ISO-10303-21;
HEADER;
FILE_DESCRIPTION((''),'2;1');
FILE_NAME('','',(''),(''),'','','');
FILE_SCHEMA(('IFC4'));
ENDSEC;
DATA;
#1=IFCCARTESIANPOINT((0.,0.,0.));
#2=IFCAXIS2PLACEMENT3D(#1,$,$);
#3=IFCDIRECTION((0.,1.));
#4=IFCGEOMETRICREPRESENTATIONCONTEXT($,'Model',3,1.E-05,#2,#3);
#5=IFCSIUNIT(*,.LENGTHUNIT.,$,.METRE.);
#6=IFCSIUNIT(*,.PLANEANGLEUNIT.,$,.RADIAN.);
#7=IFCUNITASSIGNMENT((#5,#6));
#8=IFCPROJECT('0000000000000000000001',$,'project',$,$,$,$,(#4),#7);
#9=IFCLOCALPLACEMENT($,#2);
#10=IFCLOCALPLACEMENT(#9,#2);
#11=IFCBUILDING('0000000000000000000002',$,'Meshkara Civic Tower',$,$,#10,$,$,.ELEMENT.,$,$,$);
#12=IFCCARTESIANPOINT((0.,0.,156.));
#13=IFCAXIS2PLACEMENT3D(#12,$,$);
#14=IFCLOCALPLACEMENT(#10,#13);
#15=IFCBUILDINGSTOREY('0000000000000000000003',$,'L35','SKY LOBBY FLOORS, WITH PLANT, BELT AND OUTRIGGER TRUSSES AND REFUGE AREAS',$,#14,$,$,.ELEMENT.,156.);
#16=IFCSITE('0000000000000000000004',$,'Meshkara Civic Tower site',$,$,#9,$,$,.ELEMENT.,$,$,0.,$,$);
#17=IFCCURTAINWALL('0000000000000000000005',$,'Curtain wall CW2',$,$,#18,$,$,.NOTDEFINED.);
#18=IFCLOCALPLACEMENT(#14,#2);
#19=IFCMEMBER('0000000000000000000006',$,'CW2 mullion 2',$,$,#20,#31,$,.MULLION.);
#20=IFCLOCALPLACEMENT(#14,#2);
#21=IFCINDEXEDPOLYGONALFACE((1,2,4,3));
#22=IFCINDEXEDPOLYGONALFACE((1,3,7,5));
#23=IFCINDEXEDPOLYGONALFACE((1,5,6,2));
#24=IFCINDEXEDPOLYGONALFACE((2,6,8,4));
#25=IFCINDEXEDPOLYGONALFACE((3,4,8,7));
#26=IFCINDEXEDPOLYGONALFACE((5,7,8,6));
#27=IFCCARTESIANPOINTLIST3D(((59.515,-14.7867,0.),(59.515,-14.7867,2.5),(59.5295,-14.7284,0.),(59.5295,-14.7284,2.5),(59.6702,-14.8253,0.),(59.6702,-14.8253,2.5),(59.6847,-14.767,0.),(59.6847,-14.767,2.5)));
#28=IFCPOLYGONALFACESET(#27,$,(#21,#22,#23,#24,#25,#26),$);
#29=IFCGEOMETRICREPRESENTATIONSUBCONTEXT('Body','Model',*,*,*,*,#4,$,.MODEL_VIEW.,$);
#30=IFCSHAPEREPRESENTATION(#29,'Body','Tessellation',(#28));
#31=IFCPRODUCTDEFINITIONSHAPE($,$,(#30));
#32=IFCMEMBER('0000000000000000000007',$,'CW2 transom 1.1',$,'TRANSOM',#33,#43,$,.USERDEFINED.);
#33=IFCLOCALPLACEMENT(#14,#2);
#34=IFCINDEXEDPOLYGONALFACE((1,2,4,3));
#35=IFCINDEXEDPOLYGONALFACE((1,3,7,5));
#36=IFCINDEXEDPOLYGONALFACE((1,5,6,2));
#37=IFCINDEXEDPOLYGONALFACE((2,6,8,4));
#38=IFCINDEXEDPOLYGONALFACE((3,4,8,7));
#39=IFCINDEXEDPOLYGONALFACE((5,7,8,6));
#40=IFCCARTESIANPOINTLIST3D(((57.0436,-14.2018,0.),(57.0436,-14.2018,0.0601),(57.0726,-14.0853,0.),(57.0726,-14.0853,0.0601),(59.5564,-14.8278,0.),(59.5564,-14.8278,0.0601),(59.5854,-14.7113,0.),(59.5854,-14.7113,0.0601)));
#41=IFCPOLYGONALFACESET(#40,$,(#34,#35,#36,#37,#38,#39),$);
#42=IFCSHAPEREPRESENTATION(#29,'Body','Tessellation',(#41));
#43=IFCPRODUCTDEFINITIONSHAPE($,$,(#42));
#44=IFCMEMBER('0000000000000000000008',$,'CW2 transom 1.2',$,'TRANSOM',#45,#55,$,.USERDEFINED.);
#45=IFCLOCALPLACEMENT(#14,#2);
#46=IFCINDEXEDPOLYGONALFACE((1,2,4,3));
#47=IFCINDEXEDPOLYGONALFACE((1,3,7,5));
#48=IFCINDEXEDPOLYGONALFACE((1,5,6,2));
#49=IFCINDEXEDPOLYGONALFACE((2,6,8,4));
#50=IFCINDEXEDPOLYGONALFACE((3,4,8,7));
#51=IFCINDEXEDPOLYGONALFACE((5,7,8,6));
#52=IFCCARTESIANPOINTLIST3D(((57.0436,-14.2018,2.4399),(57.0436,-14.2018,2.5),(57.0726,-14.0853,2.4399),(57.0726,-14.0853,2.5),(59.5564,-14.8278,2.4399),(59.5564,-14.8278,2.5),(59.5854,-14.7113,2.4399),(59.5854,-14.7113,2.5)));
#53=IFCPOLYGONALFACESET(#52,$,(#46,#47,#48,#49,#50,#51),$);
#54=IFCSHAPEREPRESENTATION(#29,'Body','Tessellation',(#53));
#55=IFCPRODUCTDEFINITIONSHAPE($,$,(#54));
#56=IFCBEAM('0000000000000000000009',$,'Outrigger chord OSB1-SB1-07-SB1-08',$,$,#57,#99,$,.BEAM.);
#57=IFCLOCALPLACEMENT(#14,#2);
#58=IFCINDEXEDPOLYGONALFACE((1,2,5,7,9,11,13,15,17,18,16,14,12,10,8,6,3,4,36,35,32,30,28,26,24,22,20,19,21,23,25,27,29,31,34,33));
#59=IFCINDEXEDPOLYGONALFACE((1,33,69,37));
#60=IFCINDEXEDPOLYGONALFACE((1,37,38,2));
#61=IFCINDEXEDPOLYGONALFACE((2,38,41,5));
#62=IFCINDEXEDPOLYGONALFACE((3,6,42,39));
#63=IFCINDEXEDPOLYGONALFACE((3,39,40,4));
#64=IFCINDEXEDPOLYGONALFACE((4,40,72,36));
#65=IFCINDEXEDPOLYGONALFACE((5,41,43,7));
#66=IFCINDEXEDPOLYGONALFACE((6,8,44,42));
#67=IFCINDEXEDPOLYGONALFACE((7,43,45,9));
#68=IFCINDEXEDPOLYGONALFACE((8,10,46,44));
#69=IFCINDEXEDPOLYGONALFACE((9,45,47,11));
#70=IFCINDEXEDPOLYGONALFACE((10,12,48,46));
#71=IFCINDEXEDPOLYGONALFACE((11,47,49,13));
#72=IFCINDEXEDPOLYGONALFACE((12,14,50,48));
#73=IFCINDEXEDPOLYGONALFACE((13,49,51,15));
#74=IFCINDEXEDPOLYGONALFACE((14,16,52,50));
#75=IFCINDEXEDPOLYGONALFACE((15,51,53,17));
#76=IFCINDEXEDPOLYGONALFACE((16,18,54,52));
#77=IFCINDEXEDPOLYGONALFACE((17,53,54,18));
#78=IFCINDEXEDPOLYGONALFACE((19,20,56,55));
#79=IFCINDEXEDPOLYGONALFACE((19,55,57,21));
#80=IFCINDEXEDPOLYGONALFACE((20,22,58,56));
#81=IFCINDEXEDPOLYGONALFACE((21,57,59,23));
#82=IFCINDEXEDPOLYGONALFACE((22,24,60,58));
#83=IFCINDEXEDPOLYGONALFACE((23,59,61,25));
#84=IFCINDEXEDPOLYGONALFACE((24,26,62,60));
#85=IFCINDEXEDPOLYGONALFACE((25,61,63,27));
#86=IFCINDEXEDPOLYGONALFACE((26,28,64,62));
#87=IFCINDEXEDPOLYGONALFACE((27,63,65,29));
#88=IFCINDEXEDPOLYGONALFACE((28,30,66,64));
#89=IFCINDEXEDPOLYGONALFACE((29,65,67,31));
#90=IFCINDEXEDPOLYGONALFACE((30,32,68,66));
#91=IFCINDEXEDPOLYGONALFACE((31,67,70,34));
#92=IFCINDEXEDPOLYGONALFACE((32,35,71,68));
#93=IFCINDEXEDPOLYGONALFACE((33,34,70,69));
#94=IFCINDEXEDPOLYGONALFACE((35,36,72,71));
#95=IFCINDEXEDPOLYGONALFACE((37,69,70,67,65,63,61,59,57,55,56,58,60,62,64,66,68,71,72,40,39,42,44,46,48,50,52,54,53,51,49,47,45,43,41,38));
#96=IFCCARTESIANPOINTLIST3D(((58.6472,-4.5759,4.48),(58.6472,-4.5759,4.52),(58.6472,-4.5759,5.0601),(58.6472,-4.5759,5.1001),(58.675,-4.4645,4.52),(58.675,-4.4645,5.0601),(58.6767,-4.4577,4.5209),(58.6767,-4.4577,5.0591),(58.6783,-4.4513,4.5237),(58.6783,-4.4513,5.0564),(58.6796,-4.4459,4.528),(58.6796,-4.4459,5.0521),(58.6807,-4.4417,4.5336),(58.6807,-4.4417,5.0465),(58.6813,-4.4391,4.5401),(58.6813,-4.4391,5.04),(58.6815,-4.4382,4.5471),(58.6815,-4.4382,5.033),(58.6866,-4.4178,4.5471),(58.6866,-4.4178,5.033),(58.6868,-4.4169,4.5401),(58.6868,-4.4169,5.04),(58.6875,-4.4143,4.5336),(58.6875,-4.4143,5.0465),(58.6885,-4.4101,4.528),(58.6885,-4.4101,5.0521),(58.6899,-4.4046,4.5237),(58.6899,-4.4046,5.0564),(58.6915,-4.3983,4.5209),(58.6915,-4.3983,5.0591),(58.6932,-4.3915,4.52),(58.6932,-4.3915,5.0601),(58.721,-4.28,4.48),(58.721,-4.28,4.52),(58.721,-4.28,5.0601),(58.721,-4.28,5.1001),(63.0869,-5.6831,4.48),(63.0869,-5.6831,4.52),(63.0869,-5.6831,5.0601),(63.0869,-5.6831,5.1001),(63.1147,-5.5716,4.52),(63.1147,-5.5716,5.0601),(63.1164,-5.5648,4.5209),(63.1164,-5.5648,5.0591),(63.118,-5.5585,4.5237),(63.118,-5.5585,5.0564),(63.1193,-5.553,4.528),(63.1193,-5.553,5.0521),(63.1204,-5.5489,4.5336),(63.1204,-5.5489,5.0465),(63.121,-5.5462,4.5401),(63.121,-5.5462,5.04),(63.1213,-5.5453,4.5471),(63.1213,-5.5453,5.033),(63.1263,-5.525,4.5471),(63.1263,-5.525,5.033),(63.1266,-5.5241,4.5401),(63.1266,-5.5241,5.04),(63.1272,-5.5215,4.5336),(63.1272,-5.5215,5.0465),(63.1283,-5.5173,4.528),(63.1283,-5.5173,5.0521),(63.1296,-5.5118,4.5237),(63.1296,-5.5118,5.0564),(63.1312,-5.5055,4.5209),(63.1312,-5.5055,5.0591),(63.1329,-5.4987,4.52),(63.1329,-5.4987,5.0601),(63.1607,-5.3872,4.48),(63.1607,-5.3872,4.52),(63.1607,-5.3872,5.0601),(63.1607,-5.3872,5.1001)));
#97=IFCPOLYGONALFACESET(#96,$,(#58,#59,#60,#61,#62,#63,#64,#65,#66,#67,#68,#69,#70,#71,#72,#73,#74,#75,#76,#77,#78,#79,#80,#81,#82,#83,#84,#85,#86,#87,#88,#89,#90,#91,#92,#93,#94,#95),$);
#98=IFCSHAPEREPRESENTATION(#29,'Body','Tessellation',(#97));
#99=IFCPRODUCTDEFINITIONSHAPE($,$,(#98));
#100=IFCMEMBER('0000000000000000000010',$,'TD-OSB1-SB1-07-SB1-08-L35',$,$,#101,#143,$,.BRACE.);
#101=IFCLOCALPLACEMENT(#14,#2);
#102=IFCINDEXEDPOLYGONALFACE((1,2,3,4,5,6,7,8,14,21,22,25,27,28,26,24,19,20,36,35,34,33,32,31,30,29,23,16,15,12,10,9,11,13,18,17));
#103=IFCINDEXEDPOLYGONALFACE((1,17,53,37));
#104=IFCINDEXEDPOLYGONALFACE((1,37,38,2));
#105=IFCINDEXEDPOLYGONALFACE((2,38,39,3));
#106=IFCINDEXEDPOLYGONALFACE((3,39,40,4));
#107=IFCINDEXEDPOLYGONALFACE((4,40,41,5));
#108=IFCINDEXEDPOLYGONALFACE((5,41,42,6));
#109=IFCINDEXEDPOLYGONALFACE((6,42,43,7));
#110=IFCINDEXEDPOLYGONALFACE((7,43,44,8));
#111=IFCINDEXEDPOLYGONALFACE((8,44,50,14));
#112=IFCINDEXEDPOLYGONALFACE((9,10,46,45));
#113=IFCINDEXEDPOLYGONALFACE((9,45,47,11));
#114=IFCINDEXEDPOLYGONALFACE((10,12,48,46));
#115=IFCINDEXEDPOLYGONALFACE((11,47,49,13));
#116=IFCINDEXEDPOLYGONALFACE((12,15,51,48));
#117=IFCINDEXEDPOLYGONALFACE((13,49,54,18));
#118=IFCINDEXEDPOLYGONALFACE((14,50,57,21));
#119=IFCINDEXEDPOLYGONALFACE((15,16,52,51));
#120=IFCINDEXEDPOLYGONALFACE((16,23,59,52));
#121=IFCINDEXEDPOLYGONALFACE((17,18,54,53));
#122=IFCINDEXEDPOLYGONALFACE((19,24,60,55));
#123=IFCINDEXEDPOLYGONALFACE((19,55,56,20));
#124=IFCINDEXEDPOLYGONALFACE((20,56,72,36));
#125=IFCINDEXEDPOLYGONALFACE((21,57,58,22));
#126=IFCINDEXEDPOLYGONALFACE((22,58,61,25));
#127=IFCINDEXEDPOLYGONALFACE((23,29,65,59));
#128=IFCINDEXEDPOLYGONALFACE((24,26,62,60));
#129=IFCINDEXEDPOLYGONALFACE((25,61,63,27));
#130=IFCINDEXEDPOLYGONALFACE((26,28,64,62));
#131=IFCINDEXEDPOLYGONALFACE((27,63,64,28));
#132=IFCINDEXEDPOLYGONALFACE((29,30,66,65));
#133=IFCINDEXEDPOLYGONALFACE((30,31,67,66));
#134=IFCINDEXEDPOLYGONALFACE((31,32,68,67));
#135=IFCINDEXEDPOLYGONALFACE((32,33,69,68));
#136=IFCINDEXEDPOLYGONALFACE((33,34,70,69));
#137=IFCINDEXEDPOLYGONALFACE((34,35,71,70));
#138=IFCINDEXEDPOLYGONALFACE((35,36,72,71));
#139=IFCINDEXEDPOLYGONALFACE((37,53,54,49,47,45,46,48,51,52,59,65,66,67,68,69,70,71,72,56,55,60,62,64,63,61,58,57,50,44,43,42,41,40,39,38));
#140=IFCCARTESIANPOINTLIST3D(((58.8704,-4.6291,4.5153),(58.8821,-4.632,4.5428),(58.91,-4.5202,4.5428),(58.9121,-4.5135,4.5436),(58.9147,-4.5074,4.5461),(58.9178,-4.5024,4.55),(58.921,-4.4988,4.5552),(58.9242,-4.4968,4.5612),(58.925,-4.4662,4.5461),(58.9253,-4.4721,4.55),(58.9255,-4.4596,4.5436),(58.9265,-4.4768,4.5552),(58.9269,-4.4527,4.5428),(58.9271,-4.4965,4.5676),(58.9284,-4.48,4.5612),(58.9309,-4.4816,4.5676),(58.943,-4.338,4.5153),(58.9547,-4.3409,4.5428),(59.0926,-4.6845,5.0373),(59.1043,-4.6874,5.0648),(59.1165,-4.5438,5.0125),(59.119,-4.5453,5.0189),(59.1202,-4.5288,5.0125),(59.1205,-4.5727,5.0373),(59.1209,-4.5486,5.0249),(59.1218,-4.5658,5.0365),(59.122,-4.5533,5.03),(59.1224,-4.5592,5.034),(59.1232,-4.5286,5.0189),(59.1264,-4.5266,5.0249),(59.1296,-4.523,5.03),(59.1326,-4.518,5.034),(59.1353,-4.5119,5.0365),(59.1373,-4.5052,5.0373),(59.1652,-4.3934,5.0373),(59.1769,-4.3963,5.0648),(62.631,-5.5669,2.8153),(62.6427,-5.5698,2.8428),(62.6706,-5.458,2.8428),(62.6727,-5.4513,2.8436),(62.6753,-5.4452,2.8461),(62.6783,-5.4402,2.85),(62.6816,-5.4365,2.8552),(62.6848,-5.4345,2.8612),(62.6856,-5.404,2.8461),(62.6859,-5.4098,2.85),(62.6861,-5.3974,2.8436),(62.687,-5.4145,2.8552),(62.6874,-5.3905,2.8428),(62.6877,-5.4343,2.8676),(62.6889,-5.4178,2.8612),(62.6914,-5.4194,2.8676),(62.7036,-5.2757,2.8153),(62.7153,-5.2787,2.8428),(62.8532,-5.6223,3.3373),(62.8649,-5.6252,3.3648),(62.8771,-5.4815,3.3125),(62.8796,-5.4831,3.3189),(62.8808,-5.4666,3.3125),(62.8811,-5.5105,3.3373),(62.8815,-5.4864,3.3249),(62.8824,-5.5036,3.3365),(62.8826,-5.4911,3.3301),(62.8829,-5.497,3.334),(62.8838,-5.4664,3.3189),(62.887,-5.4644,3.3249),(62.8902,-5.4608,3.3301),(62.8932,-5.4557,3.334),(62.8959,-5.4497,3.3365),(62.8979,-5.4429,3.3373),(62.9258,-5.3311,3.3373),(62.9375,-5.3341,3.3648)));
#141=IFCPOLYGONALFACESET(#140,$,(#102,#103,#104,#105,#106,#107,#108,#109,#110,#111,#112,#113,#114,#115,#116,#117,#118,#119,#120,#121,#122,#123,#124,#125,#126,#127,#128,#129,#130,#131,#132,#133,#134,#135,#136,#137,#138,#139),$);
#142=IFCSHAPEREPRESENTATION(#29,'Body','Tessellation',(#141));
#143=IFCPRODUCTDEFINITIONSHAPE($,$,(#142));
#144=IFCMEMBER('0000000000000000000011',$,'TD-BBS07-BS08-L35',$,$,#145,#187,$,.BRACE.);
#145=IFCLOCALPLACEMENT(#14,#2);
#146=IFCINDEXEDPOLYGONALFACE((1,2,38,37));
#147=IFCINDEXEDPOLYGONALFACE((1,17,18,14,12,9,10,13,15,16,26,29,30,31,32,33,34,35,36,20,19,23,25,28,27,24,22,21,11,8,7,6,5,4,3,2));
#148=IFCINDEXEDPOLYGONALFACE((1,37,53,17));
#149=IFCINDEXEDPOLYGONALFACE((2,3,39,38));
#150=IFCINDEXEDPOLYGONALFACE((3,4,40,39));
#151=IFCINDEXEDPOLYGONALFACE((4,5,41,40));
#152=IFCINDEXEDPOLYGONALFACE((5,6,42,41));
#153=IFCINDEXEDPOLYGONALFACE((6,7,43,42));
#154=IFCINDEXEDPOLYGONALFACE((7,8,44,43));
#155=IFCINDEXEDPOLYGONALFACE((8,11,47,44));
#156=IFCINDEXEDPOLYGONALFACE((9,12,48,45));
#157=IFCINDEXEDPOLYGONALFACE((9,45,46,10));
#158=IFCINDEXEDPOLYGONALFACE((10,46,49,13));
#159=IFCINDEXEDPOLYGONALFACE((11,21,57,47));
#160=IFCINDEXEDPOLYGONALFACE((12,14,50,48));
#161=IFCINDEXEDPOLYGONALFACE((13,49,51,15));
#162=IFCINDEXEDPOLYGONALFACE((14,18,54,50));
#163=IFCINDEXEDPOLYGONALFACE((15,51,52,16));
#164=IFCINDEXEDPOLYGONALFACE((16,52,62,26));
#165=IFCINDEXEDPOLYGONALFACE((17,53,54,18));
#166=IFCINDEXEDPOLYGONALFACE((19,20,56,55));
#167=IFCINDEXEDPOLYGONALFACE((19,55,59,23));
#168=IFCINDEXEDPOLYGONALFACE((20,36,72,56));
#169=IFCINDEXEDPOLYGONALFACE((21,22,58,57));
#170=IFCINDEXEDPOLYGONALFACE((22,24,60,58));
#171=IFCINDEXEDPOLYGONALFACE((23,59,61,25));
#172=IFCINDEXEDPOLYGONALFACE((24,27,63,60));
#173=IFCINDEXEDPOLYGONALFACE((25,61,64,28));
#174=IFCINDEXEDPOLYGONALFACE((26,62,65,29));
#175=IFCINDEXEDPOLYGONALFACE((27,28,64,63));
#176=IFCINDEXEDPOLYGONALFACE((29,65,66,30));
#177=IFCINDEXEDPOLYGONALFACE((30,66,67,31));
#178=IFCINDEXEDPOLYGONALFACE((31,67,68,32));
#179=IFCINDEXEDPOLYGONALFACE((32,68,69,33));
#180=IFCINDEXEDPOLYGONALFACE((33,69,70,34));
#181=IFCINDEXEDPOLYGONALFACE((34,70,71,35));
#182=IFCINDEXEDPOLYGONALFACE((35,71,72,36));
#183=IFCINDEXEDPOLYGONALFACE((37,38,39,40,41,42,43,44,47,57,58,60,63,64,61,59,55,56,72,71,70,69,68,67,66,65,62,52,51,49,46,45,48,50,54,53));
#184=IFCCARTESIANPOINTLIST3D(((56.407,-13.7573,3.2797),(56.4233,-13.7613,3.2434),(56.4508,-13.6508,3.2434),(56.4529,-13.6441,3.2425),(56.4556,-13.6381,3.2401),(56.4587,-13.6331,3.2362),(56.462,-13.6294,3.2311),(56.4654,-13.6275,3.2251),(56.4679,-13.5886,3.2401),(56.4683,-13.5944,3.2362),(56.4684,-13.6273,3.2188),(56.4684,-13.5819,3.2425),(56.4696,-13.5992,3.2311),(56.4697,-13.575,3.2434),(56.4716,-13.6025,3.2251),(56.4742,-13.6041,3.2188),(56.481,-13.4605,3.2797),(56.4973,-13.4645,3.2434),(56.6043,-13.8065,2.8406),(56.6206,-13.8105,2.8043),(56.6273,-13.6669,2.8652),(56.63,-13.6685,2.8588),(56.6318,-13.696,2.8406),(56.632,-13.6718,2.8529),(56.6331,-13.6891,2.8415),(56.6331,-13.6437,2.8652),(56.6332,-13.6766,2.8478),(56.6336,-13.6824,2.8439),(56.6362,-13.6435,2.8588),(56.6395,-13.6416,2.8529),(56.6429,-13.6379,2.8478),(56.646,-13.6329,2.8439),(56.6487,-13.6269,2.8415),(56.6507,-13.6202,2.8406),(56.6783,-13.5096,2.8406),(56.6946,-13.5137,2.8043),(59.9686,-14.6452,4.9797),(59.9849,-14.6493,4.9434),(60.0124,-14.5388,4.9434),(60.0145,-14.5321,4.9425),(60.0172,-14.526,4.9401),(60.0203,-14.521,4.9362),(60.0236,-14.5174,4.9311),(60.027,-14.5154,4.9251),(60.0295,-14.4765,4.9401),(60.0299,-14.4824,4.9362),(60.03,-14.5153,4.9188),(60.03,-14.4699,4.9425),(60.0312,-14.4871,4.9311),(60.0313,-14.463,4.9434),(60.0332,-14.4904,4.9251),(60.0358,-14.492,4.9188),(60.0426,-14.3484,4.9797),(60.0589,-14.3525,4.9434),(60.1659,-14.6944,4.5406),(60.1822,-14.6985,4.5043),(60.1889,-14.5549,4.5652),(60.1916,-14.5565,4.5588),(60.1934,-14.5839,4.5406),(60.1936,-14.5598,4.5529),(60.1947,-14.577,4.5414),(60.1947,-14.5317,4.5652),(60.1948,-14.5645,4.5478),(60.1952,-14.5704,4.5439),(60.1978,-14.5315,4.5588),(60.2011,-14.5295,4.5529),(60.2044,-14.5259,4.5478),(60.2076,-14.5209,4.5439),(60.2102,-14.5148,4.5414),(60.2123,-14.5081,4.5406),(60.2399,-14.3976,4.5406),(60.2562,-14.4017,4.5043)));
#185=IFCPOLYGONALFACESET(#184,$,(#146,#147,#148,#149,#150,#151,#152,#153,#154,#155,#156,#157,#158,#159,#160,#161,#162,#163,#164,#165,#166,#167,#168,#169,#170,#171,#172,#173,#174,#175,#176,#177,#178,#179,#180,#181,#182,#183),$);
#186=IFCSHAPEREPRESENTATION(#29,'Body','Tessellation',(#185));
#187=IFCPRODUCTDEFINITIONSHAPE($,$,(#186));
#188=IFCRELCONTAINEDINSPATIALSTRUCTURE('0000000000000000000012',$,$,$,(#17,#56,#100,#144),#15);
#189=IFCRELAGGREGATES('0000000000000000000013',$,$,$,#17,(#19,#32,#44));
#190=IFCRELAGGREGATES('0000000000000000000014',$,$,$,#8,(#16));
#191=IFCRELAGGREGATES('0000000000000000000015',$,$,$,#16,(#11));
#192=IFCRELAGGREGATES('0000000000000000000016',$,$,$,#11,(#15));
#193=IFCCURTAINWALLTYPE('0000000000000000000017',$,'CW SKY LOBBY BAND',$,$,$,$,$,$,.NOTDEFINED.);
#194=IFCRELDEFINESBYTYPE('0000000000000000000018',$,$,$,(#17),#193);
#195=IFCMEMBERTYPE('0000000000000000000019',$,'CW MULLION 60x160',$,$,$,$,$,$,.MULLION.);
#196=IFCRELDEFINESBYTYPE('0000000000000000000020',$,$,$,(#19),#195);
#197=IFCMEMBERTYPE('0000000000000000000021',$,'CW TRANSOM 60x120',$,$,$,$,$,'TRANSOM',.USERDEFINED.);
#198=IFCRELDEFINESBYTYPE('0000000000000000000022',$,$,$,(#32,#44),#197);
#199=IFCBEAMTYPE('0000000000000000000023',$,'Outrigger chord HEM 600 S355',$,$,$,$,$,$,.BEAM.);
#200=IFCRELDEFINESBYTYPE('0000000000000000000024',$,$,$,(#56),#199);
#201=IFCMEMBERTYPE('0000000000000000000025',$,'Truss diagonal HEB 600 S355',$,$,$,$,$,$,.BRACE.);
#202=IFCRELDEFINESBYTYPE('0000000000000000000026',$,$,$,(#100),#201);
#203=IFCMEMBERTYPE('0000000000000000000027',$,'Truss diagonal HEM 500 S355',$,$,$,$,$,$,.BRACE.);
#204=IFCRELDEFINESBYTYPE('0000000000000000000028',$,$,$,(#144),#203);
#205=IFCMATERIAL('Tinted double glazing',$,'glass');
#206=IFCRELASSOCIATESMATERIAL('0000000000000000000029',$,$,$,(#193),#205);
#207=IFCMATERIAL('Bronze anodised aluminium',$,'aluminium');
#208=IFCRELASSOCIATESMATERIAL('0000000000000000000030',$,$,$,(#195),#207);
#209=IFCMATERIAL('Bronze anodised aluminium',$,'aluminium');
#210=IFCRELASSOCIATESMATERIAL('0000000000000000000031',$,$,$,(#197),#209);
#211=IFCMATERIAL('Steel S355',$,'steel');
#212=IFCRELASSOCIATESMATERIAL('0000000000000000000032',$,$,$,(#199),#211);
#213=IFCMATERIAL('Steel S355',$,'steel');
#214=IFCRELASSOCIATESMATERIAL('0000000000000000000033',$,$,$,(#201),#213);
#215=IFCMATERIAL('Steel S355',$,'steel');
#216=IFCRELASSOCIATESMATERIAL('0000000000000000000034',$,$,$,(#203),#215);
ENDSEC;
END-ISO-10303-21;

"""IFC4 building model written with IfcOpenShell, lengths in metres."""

from ifc_helpers import new_model, si_unit, direction, frame, origin, origin_2d, place, context, subcontext, project, spatial, rectangle, i_section, extrude, material, material_profile, profile_set, type_object, element, aggregate, save


model = new_model("IFC4")

# Units and contexts
model_context = context("Model", 3, precision=1e-05, world=origin(), true_north=direction((0.0, 1.0)))
body_context = subcontext(model_context, "Body", "Model", "MODEL_VIEW")
ifc_project = project(units=[si_unit("LENGTHUNIT", "METRE"), si_unit("PLANEANGLEUNIT", "RADIAN")], contexts=[model_context])

# Site, building, storey
site_placement = place(None, origin())
site = spatial("IfcSite", under=ifc_project, at=site_placement, Name="Meshkara Civic Tower site", CompositionType="ELEMENT", RefElevation=0.0)
building_placement = place(site_placement, origin())
building = spatial("IfcBuilding", under=site, at=building_placement, Name="Meshkara Civic Tower", CompositionType="ELEMENT")
storey_placement = place(building_placement, frame((0.0, 0.0, 156.0)))
storey = spatial("IfcBuildingStorey", under=building, at=storey_placement, Name="L35", Description="SKY LOBBY FLOORS, WITH PLANT, BELT AND OUTRIGGER TRUSSES AND REFUGE AREAS", CompositionType="ELEMENT", Elevation=156.0)

# Shared definitions
ifc_material_1 = material(Name="Tinted double glazing", Category="glass")
curtain_wall_type = type_object("IfcCurtainWallType", Name="CW SKY LOBBY BAND", PredefinedType="NOTDEFINED", material=ifc_material_1)
ifc_material_2 = material(Name="Bronze anodised aluminium", Category="aluminium")
ifc_material_profile_1 = material_profile(ifc_material_2, rectangle(XDim=0.0601, YDim=0.1599, at=origin_2d()))
ifc_profile_set_1 = profile_set([ifc_material_profile_1], Name="Bronze anodised aluminium")
member_type_1 = type_object("IfcMemberType", Name="CW MULLION 60x160", PredefinedType="MULLION", material=ifc_profile_set_1)

# Curtain wall, members
curtain_wall_1_placement = place(storey_placement, origin())
curtain_wall_1 = element("IfcCurtainWall", 1, at=curtain_wall_1_placement, inside=storey, type_object=curtain_wall_type, Name="Curtain wall CW2", PredefinedType="NOTDEFINED")
member_1_placement = place(storey_placement, frame((59.5999, -14.7769, 0.0), z_axis=(0.0, 0.0, 1.0), x_axis=(0.241754, 0.970338, 0.0)))
member_1 = element("IfcMember", 2, at=member_1_placement, type_object=member_type_1, Name="CW2 mullion 2", PredefinedType="MULLION", context=body_context, shape_type="SweptSolid", body=[
    extrude(rectangle(XDim=0.0601, YDim=0.1599, at=origin_2d()), origin(), (0.0, 0.0, 1.0), 2.5),
])
ifc_material_3 = material(Name="Bronze anodised aluminium", Category="aluminium")
ifc_material_profile_2 = material_profile(ifc_material_3, rectangle(XDim=0.1201, YDim=0.0601, at=origin_2d()))
ifc_profile_set_2 = profile_set([ifc_material_profile_2], Name="Bronze anodised aluminium")
member_type_2 = type_object("IfcMemberType", Name="CW TRANSOM 60x120", ElementType="TRANSOM", PredefinedType="USERDEFINED", material=ifc_profile_set_2)
member_2_placement = place(storey_placement, frame((57.0581, -14.1436, 0.03), z_axis=(0.970342, -0.241737, 0.0), x_axis=(0.241737, 0.970342, 0.0)))
member_2 = element("IfcMember", 3, at=member_2_placement, type_object=member_type_2, Name="CW2 transom 1.1", ObjectType="TRANSOM", PredefinedType="USERDEFINED", context=body_context, shape_type="SweptSolid", body=[
    extrude(rectangle(XDim=0.1201, YDim=0.0601, at=origin_2d()), origin(), (0.0, 0.0, 1.0), 2.5896),
])
member_3_placement = place(storey_placement, frame((57.0581, -14.1436, 2.47), z_axis=(0.970342, -0.241737, 0.0), x_axis=(0.241737, 0.970342, 0.0)))
member_3 = element("IfcMember", 4, at=member_3_placement, type_object=member_type_2, Name="CW2 transom 1.2", ObjectType="TRANSOM", PredefinedType="USERDEFINED", context=body_context, shape_type="SweptSolid", body=[
    extrude(rectangle(XDim=0.1201, YDim=0.0601, at=origin_2d()), origin(), (0.0, 0.0, 1.0), 2.5896),
])

# Beam
ifc_material_4 = material(Name="Steel S355", Category="steel")
ifc_material_profile_3 = material_profile(ifc_material_4, i_section(OverallWidth=0.3049, OverallDepth=0.6201, WebThickness=0.021, FlangeThickness=0.04, FilletRadius=0.0271, at=origin_2d()))
ifc_profile_set_3 = profile_set([ifc_material_profile_3], Name="Steel S355")
beam_type_1 = type_object("IfcBeamType", Name="Outrigger chord HEM 600 S355", PredefinedType="BEAM", material=ifc_profile_set_3)
beam_1_placement = place(storey_placement, frame((58.6841, -4.428, 4.79), z_axis=(0.970284, -0.241971, 0.0), x_axis=(0.241971, 0.970284, 0.0)))
element("IfcBeam", 5, at=beam_1_placement, inside=storey, type_object=beam_type_1, Name="Outrigger chord OSB1-SB1-07-SB1-08", PredefinedType="BEAM", context=body_context, shape_type="SweptSolid", body=[
    extrude(i_section(OverallWidth=0.3049, OverallDepth=0.6201, WebThickness=0.021, FlangeThickness=0.04, FilletRadius=0.0271, at=origin_2d()), origin(), (0.0, 0.0, 1.0), 4.5757),
])

# Members
ifc_material_5 = material(Name="Steel S355", Category="steel")
ifc_material_profile_4 = material_profile(ifc_material_5, i_section(OverallWidth=0.3, OverallDepth=0.6001, WebThickness=0.0154, FlangeThickness=0.03, FilletRadius=0.0271, at=origin_2d()))
ifc_profile_set_4 = profile_set([ifc_material_profile_4], Name="Steel S355")
member_type_3 = type_object("IfcMemberType", Name="Truss diagonal HEB 600 S355", PredefinedType="BRACE", material=ifc_profile_set_4)
member_4_placement = place(storey_placement, frame((59.0237, -4.5127, 4.79), z_axis=(0.888569, -0.22158, -0.401682), x_axis=(0.241958, 0.970287, 0.0)))
element("IfcMember", 6, at=member_4_placement, inside=storey, type_object=member_type_3, Name="TD-OSB1-SB1-07-SB1-08-L35", PredefinedType="BRACE", context=body_context, shape_type="SweptSolid", body=[
    extrude(i_section(OverallWidth=0.3, OverallDepth=0.6001, WebThickness=0.0154, FlangeThickness=0.03, FilletRadius=0.0271, at=origin_2d()), origin(), (0.0, 0.0, 1.0), 4.2322),
])
ifc_material_6 = material(Name="Steel S355", Category="steel")
ifc_material_profile_5 = material_profile(ifc_material_6, i_section(OverallWidth=0.3059, OverallDepth=0.5239, WebThickness=0.0239, FlangeThickness=0.04, FilletRadius=0.0271, at=origin_2d()))
ifc_profile_set_5 = profile_set([ifc_material_profile_5], Name="Steel S355")
member_type_4 = type_object("IfcMemberType", Name="Truss diagonal HEM 500 S355", PredefinedType="BRACE", material=ifc_profile_set_5)
member_5_placement = place(storey_placement, frame((56.5508, -13.6355, 3.042), z_axis=(0.880457, -0.219511, 0.420251), x_axis=(0.24191, 0.970299, 0.0)))
element("IfcMember", 7, at=member_5_placement, inside=storey, type_object=member_type_4, Name="TD-BBS07-BS08-L35", PredefinedType="BRACE", context=body_context, shape_type="SweptSolid", body=[
    extrude(i_section(OverallWidth=0.3059, OverallDepth=0.5239, WebThickness=0.0239, FlangeThickness=0.04, FilletRadius=0.0271, at=origin_2d()), origin(), (0.0, 0.0, 1.0), 4.0452),
])

aggregate(curtain_wall_1, [member_1, member_2, member_3])

save(model, "model.ifc")
